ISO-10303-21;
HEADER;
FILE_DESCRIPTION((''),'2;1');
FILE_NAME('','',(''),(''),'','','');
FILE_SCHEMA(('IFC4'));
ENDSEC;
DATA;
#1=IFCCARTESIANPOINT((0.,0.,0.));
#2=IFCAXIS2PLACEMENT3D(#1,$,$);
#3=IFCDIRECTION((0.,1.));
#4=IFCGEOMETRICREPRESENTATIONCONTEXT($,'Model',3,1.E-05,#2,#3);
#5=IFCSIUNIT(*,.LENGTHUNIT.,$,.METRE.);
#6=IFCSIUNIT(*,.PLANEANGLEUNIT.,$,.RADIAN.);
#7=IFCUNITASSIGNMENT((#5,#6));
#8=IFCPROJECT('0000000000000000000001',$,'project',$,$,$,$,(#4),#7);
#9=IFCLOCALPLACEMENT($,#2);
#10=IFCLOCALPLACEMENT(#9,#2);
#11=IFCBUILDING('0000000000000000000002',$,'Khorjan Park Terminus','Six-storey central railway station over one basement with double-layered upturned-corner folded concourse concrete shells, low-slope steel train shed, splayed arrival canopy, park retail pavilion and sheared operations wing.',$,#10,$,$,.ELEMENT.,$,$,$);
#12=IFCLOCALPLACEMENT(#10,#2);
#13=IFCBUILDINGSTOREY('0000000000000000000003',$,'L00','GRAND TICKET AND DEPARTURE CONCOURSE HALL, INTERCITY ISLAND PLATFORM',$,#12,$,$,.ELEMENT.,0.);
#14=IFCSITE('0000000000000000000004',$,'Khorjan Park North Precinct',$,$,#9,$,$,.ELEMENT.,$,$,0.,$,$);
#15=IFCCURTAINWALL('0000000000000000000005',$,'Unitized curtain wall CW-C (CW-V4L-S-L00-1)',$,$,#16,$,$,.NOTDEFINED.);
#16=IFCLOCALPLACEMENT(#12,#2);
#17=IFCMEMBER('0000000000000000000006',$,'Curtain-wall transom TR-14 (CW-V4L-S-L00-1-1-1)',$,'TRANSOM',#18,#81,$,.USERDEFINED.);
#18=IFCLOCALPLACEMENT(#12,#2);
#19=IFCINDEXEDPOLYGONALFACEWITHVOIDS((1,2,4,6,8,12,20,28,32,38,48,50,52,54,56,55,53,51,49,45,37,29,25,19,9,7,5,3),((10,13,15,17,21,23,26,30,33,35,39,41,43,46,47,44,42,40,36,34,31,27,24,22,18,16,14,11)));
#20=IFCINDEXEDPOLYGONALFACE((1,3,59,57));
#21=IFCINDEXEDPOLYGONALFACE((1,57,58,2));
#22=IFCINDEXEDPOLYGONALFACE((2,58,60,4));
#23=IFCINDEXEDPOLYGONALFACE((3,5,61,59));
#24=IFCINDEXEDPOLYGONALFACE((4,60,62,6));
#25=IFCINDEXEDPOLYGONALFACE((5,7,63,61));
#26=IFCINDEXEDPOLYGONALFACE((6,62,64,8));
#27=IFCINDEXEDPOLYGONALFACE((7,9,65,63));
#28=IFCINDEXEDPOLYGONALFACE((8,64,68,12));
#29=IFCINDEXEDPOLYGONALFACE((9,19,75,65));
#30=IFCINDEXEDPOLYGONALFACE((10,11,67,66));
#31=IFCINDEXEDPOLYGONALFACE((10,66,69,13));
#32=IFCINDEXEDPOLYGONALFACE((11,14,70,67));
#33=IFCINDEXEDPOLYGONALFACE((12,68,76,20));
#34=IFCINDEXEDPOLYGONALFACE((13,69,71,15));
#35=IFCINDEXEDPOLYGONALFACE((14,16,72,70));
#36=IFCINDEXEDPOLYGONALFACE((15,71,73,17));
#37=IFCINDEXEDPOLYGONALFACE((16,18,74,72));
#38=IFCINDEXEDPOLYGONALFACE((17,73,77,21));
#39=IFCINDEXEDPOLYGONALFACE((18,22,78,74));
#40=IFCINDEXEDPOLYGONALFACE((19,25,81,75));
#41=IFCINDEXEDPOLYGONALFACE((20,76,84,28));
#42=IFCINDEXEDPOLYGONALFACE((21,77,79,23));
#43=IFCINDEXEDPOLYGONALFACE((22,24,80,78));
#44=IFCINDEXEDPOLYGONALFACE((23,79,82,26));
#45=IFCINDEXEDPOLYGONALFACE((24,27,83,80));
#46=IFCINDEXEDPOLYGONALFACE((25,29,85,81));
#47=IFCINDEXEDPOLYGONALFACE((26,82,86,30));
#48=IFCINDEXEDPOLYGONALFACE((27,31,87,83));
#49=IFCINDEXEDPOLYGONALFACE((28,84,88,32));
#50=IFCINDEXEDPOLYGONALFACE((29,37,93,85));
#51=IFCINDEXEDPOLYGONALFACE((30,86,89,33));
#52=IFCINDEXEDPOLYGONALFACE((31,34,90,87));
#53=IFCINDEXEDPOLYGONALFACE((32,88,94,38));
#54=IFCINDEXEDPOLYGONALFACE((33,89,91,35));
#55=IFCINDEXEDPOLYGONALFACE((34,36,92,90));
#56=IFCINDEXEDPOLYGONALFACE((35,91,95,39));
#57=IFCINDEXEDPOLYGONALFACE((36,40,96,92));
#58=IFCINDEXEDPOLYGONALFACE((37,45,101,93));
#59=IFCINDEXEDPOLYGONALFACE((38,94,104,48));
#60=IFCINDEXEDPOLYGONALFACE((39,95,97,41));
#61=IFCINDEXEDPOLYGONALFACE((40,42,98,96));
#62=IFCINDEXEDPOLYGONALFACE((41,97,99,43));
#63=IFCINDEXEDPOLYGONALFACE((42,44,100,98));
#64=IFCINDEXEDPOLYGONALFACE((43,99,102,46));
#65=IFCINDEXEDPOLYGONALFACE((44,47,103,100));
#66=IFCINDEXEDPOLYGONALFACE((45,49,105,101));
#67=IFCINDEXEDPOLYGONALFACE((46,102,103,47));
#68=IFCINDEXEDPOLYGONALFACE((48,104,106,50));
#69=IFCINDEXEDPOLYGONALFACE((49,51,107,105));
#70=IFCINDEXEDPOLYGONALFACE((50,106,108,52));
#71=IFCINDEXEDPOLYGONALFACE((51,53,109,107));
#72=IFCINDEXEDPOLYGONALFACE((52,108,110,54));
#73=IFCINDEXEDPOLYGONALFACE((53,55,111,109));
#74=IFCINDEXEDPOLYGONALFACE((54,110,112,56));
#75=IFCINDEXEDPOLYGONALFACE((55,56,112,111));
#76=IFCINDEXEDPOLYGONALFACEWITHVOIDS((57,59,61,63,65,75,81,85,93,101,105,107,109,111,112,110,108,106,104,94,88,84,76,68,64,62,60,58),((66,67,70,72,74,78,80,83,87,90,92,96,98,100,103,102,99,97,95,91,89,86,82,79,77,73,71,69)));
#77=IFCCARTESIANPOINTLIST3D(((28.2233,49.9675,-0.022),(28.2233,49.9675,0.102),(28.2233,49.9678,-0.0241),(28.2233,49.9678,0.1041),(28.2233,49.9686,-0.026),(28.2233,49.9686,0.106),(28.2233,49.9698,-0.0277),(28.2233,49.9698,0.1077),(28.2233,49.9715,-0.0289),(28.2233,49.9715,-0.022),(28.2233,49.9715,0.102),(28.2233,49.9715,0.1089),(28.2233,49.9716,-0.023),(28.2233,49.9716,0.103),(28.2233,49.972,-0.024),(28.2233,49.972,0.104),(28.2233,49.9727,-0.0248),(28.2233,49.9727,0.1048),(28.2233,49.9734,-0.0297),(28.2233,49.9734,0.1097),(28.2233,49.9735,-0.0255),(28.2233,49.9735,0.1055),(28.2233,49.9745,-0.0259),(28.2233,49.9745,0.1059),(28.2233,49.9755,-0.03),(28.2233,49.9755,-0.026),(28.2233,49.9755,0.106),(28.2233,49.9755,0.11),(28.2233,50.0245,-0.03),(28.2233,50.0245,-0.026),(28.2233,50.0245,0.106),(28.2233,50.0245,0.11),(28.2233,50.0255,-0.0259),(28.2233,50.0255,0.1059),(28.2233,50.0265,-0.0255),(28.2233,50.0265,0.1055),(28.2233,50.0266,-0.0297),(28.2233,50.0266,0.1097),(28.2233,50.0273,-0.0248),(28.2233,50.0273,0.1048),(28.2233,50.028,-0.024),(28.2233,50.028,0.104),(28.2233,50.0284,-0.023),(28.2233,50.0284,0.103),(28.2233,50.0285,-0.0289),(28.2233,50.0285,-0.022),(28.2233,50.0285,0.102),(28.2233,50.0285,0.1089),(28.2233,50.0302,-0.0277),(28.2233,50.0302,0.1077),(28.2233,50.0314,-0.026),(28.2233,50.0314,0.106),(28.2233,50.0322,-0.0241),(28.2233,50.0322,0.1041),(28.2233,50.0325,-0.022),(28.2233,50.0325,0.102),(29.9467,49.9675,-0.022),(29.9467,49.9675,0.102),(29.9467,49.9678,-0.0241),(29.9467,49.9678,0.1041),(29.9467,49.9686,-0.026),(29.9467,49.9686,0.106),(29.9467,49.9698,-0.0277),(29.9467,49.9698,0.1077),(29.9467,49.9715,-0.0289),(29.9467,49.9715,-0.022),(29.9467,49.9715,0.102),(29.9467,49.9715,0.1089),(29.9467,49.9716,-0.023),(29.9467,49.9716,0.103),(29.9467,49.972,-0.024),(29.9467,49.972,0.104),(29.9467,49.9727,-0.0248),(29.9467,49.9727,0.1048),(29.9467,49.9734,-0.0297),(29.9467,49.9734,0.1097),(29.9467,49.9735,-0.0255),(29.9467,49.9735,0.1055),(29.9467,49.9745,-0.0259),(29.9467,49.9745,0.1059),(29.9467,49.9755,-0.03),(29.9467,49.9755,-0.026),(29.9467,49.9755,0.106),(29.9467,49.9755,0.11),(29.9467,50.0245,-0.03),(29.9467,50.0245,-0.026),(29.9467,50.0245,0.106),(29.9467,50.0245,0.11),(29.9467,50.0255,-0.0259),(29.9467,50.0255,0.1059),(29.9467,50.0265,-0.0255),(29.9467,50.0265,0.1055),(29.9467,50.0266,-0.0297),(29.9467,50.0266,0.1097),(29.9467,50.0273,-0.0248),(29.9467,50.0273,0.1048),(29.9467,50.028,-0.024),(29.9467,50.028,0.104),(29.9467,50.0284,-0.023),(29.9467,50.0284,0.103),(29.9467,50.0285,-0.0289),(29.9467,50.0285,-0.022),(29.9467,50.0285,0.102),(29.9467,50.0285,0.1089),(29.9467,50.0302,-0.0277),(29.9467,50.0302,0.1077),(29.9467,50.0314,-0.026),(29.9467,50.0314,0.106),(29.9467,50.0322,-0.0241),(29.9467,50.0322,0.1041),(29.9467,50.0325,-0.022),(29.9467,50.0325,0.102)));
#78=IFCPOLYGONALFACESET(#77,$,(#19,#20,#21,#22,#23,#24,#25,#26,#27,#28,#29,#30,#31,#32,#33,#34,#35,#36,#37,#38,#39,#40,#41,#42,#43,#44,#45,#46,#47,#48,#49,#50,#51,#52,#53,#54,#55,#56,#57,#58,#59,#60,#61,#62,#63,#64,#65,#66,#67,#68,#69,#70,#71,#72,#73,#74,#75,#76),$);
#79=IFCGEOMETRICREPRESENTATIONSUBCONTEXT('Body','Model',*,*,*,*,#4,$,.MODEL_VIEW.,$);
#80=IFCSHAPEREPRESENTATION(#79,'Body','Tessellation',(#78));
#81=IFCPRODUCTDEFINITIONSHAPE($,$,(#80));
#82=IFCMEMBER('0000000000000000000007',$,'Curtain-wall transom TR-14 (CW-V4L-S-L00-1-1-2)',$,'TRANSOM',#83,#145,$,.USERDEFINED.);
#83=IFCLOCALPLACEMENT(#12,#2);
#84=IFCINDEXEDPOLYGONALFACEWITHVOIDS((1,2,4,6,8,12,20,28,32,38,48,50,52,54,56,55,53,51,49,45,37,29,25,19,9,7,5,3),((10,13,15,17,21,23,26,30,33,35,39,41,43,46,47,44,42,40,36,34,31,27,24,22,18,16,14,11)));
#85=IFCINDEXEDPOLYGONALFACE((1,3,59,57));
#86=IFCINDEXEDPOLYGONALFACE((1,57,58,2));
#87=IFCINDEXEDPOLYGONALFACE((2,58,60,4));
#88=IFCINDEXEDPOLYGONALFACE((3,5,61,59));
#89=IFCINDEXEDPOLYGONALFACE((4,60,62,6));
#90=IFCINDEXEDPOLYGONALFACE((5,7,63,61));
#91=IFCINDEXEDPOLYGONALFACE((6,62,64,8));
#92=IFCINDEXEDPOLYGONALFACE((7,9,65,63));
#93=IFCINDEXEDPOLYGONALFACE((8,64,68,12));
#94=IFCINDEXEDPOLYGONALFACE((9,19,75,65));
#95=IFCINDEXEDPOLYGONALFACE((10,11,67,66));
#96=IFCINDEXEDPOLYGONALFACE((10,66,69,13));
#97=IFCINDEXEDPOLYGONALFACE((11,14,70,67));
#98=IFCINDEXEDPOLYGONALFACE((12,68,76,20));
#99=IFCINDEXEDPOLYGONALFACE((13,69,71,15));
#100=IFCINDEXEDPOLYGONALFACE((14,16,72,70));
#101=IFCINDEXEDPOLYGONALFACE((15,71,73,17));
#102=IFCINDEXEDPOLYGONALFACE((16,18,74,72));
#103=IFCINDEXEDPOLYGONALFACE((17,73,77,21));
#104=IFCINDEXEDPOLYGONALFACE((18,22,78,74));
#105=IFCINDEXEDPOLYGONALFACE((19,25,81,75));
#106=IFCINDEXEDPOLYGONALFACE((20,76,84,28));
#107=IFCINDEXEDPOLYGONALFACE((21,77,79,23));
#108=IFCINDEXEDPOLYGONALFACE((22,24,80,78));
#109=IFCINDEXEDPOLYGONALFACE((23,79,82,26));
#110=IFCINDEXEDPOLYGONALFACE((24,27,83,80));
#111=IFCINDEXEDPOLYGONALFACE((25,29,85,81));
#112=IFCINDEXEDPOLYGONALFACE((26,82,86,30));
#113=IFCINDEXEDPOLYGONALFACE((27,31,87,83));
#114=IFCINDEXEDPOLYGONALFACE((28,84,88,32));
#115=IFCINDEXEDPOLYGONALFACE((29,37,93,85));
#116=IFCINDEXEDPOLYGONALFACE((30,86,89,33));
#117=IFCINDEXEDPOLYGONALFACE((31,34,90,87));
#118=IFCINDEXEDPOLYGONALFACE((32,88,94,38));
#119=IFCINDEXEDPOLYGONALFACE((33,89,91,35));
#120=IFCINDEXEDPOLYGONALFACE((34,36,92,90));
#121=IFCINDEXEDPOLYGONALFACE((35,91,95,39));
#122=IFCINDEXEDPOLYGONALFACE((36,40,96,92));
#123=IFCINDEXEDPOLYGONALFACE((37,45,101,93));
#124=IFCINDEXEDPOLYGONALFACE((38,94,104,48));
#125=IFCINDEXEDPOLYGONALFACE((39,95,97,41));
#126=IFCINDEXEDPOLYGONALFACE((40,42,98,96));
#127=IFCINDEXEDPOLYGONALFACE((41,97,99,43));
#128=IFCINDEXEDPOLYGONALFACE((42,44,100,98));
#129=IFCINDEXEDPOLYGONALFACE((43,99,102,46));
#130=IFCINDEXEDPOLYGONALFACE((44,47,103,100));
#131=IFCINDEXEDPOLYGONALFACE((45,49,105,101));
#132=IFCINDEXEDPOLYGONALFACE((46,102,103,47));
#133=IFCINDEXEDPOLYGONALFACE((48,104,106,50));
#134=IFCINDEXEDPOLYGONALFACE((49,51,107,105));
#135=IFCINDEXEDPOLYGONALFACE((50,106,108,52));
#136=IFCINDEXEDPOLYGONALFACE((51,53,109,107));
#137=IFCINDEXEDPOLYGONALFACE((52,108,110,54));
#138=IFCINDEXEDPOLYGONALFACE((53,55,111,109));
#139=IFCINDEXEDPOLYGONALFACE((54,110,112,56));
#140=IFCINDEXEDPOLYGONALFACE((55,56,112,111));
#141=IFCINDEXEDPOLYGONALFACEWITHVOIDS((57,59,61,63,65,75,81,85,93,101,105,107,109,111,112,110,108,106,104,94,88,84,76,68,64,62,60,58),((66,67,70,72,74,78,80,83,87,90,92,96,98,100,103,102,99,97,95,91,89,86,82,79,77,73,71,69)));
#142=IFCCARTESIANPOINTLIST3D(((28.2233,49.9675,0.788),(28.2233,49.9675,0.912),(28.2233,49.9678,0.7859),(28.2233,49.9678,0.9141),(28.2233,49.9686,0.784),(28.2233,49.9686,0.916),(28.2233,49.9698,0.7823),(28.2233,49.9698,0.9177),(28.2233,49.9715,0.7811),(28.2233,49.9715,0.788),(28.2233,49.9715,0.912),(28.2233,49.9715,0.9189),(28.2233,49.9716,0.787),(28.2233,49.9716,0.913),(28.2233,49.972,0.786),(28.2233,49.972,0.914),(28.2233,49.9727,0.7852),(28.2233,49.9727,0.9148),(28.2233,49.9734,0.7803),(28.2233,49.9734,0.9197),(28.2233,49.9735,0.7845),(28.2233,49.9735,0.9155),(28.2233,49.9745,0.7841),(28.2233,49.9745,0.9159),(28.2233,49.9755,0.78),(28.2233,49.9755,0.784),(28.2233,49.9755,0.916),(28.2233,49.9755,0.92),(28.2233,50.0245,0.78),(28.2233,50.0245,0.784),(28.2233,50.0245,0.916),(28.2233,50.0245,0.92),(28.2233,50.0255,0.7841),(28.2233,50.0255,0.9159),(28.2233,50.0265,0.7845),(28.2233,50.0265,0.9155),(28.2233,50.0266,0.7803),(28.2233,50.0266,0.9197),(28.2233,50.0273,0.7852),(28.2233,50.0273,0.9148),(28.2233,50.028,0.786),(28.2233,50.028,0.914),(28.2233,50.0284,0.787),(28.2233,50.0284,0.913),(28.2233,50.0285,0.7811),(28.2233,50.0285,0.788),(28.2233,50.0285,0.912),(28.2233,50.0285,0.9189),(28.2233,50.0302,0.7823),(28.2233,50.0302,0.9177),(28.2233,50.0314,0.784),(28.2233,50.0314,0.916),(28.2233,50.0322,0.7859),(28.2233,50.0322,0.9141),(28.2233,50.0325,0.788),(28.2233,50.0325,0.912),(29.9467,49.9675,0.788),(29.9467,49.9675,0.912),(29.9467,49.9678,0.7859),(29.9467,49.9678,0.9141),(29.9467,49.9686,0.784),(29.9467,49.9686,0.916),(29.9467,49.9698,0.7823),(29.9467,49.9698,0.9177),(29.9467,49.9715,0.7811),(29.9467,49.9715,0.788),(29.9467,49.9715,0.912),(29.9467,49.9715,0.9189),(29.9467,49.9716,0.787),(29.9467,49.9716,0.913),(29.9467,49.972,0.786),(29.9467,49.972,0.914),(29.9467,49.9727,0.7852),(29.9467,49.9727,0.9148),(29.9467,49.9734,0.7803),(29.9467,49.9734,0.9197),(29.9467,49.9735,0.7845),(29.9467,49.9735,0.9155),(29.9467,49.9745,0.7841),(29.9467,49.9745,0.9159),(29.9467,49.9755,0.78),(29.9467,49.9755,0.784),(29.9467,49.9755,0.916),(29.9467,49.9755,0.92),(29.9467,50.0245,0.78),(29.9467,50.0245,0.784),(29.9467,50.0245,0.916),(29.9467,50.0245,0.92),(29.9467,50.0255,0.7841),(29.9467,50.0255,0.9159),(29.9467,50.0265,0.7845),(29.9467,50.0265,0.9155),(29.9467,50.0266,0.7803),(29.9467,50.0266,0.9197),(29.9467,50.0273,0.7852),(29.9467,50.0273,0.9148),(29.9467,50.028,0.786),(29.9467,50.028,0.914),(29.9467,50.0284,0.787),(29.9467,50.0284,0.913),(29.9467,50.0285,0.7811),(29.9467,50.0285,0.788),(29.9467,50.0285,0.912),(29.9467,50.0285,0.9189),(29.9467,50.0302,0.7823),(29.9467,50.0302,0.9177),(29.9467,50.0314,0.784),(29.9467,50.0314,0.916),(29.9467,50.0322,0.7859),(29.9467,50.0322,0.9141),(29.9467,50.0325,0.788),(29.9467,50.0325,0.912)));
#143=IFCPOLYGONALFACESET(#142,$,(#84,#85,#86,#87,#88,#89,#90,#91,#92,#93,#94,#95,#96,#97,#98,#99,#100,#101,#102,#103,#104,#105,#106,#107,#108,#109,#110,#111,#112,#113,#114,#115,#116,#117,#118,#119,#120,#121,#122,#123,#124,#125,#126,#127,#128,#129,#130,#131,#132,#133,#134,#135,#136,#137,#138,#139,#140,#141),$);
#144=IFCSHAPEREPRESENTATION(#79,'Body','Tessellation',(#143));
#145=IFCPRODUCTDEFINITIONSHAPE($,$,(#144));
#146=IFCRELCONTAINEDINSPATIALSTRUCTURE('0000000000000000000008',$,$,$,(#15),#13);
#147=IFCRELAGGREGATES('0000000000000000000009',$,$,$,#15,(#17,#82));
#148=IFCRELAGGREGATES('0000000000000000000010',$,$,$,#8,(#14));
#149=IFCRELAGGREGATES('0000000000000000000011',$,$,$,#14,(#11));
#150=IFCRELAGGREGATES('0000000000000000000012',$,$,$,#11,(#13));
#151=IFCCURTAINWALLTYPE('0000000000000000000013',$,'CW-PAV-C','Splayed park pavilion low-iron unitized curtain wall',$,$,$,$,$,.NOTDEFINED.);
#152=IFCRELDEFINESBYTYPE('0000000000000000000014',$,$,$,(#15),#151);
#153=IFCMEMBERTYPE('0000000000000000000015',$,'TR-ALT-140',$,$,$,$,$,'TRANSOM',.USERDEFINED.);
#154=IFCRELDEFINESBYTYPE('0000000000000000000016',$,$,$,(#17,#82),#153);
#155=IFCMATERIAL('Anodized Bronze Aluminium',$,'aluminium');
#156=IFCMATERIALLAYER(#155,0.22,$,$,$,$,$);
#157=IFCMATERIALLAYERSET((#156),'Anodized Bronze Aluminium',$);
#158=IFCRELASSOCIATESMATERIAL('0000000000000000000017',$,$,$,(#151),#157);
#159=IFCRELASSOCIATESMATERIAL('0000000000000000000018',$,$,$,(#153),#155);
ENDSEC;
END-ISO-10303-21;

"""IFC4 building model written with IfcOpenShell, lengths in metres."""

from ifc_helpers import new_model, si_unit, direction, frame, origin, origin_2d, place, context, subcontext, project, spatial, hollow_rectangle, extrude, material, layer, layer_set, material_profile, profile_set, type_object, element, aggregate, save


model = new_model("IFC4")

# Units and contexts
model_context = context("Model", 3, precision=1e-05, world=origin(), true_north=direction((0.0, 1.0)))
body_context = subcontext(model_context, "Body", "Model", "MODEL_VIEW")
ifc_project = project(units=[si_unit("LENGTHUNIT", "METRE"), si_unit("PLANEANGLEUNIT", "RADIAN")], contexts=[model_context])

# Site, building, storey
site_placement = place(None, origin())
site = spatial("IfcSite", under=ifc_project, at=site_placement, Name="Khorjan Park North Precinct", CompositionType="ELEMENT", RefElevation=0.0)
building_placement = place(site_placement, origin())
building = spatial("IfcBuilding", under=site, at=building_placement, Name="Khorjan Park Terminus", Description="Six-storey central railway station over one basement with double-layered upturned-corner folded concourse concrete shells, low-slope steel train shed, splayed arrival canopy, park retail pavilion and sheared operations wing.", CompositionType="ELEMENT")
storey_placement = place(building_placement, origin())
storey = spatial("IfcBuildingStorey", under=building, at=storey_placement, Name="L00", Description="GRAND TICKET AND DEPARTURE CONCOURSE HALL, INTERCITY ISLAND PLATFORM", CompositionType="ELEMENT", Elevation=0.0)

# Curtain wall
ifc_material_1 = material(Name="Anodized Bronze Aluminium", Category="aluminium")
ifc_layer_1 = layer(ifc_material_1, 0.22)
ifc_layer_set_1 = layer_set([ifc_layer_1], Name="Anodized Bronze Aluminium")
curtain_wall_type = type_object("IfcCurtainWallType", Name="CW-PAV-C", Description="Splayed park pavilion low-iron unitized curtain wall", PredefinedType="NOTDEFINED", material=ifc_layer_set_1)
curtain_wall_1_placement = place(storey_placement, origin())
curtain_wall_1 = element("IfcCurtainWall", 1, at=curtain_wall_1_placement, inside=storey, type_object=curtain_wall_type, Name="Unitized curtain wall CW-C (CW-V4L-S-L00-1)", PredefinedType="NOTDEFINED")

# Members
ifc_material_profile_1 = material_profile(ifc_material_1, hollow_rectangle(XDim=0.065, YDim=0.14, WallThickness=0.004, InnerFilletRadius=0.004, OuterFilletRadius=0.008, at=origin_2d()), Name="ALT 65x140x4")
ifc_profile_set_1 = profile_set([ifc_material_profile_1], Name="Anodized Bronze Aluminium")
member_type_1 = type_object("IfcMemberType", Name="TR-ALT-140", ElementType="TRANSOM", PredefinedType="USERDEFINED", material=ifc_profile_set_1)
member_1_placement = place(storey_placement, frame((28.2233, 50.0, 0.04), z_axis=(1.0, 0.0, 0.0), x_axis=(0.0, 1.0, 0.0)))
member_1 = element("IfcMember", 2, at=member_1_placement, type_object=member_type_1, Name="Curtain-wall transom TR-14 (CW-V4L-S-L00-1-1-1)", ObjectType="TRANSOM", PredefinedType="USERDEFINED", context=body_context, shape_type="SweptSolid", body=[
    extrude(hollow_rectangle(XDim=0.065, YDim=0.14, WallThickness=0.004, InnerFilletRadius=0.004, OuterFilletRadius=0.008, at=origin_2d()), origin(), (0.0, 0.0, 1.0), 1.7234),
])
member_2_placement = place(storey_placement, frame((28.2233, 50.0, 0.85), z_axis=(1.0, 0.0, 0.0), x_axis=(0.0, 1.0, 0.0)))
member_2 = element("IfcMember", 3, at=member_2_placement, type_object=member_type_1, Name="Curtain-wall transom TR-14 (CW-V4L-S-L00-1-1-2)", ObjectType="TRANSOM", PredefinedType="USERDEFINED", context=body_context, shape_type="SweptSolid", body=[
    extrude(hollow_rectangle(XDim=0.065, YDim=0.14, WallThickness=0.004, InnerFilletRadius=0.004, OuterFilletRadius=0.008, at=origin_2d()), origin(), (0.0, 0.0, 1.0), 1.7234),
])

aggregate(curtain_wall_1, [member_1, member_2])

save(model, "model.ifc")
